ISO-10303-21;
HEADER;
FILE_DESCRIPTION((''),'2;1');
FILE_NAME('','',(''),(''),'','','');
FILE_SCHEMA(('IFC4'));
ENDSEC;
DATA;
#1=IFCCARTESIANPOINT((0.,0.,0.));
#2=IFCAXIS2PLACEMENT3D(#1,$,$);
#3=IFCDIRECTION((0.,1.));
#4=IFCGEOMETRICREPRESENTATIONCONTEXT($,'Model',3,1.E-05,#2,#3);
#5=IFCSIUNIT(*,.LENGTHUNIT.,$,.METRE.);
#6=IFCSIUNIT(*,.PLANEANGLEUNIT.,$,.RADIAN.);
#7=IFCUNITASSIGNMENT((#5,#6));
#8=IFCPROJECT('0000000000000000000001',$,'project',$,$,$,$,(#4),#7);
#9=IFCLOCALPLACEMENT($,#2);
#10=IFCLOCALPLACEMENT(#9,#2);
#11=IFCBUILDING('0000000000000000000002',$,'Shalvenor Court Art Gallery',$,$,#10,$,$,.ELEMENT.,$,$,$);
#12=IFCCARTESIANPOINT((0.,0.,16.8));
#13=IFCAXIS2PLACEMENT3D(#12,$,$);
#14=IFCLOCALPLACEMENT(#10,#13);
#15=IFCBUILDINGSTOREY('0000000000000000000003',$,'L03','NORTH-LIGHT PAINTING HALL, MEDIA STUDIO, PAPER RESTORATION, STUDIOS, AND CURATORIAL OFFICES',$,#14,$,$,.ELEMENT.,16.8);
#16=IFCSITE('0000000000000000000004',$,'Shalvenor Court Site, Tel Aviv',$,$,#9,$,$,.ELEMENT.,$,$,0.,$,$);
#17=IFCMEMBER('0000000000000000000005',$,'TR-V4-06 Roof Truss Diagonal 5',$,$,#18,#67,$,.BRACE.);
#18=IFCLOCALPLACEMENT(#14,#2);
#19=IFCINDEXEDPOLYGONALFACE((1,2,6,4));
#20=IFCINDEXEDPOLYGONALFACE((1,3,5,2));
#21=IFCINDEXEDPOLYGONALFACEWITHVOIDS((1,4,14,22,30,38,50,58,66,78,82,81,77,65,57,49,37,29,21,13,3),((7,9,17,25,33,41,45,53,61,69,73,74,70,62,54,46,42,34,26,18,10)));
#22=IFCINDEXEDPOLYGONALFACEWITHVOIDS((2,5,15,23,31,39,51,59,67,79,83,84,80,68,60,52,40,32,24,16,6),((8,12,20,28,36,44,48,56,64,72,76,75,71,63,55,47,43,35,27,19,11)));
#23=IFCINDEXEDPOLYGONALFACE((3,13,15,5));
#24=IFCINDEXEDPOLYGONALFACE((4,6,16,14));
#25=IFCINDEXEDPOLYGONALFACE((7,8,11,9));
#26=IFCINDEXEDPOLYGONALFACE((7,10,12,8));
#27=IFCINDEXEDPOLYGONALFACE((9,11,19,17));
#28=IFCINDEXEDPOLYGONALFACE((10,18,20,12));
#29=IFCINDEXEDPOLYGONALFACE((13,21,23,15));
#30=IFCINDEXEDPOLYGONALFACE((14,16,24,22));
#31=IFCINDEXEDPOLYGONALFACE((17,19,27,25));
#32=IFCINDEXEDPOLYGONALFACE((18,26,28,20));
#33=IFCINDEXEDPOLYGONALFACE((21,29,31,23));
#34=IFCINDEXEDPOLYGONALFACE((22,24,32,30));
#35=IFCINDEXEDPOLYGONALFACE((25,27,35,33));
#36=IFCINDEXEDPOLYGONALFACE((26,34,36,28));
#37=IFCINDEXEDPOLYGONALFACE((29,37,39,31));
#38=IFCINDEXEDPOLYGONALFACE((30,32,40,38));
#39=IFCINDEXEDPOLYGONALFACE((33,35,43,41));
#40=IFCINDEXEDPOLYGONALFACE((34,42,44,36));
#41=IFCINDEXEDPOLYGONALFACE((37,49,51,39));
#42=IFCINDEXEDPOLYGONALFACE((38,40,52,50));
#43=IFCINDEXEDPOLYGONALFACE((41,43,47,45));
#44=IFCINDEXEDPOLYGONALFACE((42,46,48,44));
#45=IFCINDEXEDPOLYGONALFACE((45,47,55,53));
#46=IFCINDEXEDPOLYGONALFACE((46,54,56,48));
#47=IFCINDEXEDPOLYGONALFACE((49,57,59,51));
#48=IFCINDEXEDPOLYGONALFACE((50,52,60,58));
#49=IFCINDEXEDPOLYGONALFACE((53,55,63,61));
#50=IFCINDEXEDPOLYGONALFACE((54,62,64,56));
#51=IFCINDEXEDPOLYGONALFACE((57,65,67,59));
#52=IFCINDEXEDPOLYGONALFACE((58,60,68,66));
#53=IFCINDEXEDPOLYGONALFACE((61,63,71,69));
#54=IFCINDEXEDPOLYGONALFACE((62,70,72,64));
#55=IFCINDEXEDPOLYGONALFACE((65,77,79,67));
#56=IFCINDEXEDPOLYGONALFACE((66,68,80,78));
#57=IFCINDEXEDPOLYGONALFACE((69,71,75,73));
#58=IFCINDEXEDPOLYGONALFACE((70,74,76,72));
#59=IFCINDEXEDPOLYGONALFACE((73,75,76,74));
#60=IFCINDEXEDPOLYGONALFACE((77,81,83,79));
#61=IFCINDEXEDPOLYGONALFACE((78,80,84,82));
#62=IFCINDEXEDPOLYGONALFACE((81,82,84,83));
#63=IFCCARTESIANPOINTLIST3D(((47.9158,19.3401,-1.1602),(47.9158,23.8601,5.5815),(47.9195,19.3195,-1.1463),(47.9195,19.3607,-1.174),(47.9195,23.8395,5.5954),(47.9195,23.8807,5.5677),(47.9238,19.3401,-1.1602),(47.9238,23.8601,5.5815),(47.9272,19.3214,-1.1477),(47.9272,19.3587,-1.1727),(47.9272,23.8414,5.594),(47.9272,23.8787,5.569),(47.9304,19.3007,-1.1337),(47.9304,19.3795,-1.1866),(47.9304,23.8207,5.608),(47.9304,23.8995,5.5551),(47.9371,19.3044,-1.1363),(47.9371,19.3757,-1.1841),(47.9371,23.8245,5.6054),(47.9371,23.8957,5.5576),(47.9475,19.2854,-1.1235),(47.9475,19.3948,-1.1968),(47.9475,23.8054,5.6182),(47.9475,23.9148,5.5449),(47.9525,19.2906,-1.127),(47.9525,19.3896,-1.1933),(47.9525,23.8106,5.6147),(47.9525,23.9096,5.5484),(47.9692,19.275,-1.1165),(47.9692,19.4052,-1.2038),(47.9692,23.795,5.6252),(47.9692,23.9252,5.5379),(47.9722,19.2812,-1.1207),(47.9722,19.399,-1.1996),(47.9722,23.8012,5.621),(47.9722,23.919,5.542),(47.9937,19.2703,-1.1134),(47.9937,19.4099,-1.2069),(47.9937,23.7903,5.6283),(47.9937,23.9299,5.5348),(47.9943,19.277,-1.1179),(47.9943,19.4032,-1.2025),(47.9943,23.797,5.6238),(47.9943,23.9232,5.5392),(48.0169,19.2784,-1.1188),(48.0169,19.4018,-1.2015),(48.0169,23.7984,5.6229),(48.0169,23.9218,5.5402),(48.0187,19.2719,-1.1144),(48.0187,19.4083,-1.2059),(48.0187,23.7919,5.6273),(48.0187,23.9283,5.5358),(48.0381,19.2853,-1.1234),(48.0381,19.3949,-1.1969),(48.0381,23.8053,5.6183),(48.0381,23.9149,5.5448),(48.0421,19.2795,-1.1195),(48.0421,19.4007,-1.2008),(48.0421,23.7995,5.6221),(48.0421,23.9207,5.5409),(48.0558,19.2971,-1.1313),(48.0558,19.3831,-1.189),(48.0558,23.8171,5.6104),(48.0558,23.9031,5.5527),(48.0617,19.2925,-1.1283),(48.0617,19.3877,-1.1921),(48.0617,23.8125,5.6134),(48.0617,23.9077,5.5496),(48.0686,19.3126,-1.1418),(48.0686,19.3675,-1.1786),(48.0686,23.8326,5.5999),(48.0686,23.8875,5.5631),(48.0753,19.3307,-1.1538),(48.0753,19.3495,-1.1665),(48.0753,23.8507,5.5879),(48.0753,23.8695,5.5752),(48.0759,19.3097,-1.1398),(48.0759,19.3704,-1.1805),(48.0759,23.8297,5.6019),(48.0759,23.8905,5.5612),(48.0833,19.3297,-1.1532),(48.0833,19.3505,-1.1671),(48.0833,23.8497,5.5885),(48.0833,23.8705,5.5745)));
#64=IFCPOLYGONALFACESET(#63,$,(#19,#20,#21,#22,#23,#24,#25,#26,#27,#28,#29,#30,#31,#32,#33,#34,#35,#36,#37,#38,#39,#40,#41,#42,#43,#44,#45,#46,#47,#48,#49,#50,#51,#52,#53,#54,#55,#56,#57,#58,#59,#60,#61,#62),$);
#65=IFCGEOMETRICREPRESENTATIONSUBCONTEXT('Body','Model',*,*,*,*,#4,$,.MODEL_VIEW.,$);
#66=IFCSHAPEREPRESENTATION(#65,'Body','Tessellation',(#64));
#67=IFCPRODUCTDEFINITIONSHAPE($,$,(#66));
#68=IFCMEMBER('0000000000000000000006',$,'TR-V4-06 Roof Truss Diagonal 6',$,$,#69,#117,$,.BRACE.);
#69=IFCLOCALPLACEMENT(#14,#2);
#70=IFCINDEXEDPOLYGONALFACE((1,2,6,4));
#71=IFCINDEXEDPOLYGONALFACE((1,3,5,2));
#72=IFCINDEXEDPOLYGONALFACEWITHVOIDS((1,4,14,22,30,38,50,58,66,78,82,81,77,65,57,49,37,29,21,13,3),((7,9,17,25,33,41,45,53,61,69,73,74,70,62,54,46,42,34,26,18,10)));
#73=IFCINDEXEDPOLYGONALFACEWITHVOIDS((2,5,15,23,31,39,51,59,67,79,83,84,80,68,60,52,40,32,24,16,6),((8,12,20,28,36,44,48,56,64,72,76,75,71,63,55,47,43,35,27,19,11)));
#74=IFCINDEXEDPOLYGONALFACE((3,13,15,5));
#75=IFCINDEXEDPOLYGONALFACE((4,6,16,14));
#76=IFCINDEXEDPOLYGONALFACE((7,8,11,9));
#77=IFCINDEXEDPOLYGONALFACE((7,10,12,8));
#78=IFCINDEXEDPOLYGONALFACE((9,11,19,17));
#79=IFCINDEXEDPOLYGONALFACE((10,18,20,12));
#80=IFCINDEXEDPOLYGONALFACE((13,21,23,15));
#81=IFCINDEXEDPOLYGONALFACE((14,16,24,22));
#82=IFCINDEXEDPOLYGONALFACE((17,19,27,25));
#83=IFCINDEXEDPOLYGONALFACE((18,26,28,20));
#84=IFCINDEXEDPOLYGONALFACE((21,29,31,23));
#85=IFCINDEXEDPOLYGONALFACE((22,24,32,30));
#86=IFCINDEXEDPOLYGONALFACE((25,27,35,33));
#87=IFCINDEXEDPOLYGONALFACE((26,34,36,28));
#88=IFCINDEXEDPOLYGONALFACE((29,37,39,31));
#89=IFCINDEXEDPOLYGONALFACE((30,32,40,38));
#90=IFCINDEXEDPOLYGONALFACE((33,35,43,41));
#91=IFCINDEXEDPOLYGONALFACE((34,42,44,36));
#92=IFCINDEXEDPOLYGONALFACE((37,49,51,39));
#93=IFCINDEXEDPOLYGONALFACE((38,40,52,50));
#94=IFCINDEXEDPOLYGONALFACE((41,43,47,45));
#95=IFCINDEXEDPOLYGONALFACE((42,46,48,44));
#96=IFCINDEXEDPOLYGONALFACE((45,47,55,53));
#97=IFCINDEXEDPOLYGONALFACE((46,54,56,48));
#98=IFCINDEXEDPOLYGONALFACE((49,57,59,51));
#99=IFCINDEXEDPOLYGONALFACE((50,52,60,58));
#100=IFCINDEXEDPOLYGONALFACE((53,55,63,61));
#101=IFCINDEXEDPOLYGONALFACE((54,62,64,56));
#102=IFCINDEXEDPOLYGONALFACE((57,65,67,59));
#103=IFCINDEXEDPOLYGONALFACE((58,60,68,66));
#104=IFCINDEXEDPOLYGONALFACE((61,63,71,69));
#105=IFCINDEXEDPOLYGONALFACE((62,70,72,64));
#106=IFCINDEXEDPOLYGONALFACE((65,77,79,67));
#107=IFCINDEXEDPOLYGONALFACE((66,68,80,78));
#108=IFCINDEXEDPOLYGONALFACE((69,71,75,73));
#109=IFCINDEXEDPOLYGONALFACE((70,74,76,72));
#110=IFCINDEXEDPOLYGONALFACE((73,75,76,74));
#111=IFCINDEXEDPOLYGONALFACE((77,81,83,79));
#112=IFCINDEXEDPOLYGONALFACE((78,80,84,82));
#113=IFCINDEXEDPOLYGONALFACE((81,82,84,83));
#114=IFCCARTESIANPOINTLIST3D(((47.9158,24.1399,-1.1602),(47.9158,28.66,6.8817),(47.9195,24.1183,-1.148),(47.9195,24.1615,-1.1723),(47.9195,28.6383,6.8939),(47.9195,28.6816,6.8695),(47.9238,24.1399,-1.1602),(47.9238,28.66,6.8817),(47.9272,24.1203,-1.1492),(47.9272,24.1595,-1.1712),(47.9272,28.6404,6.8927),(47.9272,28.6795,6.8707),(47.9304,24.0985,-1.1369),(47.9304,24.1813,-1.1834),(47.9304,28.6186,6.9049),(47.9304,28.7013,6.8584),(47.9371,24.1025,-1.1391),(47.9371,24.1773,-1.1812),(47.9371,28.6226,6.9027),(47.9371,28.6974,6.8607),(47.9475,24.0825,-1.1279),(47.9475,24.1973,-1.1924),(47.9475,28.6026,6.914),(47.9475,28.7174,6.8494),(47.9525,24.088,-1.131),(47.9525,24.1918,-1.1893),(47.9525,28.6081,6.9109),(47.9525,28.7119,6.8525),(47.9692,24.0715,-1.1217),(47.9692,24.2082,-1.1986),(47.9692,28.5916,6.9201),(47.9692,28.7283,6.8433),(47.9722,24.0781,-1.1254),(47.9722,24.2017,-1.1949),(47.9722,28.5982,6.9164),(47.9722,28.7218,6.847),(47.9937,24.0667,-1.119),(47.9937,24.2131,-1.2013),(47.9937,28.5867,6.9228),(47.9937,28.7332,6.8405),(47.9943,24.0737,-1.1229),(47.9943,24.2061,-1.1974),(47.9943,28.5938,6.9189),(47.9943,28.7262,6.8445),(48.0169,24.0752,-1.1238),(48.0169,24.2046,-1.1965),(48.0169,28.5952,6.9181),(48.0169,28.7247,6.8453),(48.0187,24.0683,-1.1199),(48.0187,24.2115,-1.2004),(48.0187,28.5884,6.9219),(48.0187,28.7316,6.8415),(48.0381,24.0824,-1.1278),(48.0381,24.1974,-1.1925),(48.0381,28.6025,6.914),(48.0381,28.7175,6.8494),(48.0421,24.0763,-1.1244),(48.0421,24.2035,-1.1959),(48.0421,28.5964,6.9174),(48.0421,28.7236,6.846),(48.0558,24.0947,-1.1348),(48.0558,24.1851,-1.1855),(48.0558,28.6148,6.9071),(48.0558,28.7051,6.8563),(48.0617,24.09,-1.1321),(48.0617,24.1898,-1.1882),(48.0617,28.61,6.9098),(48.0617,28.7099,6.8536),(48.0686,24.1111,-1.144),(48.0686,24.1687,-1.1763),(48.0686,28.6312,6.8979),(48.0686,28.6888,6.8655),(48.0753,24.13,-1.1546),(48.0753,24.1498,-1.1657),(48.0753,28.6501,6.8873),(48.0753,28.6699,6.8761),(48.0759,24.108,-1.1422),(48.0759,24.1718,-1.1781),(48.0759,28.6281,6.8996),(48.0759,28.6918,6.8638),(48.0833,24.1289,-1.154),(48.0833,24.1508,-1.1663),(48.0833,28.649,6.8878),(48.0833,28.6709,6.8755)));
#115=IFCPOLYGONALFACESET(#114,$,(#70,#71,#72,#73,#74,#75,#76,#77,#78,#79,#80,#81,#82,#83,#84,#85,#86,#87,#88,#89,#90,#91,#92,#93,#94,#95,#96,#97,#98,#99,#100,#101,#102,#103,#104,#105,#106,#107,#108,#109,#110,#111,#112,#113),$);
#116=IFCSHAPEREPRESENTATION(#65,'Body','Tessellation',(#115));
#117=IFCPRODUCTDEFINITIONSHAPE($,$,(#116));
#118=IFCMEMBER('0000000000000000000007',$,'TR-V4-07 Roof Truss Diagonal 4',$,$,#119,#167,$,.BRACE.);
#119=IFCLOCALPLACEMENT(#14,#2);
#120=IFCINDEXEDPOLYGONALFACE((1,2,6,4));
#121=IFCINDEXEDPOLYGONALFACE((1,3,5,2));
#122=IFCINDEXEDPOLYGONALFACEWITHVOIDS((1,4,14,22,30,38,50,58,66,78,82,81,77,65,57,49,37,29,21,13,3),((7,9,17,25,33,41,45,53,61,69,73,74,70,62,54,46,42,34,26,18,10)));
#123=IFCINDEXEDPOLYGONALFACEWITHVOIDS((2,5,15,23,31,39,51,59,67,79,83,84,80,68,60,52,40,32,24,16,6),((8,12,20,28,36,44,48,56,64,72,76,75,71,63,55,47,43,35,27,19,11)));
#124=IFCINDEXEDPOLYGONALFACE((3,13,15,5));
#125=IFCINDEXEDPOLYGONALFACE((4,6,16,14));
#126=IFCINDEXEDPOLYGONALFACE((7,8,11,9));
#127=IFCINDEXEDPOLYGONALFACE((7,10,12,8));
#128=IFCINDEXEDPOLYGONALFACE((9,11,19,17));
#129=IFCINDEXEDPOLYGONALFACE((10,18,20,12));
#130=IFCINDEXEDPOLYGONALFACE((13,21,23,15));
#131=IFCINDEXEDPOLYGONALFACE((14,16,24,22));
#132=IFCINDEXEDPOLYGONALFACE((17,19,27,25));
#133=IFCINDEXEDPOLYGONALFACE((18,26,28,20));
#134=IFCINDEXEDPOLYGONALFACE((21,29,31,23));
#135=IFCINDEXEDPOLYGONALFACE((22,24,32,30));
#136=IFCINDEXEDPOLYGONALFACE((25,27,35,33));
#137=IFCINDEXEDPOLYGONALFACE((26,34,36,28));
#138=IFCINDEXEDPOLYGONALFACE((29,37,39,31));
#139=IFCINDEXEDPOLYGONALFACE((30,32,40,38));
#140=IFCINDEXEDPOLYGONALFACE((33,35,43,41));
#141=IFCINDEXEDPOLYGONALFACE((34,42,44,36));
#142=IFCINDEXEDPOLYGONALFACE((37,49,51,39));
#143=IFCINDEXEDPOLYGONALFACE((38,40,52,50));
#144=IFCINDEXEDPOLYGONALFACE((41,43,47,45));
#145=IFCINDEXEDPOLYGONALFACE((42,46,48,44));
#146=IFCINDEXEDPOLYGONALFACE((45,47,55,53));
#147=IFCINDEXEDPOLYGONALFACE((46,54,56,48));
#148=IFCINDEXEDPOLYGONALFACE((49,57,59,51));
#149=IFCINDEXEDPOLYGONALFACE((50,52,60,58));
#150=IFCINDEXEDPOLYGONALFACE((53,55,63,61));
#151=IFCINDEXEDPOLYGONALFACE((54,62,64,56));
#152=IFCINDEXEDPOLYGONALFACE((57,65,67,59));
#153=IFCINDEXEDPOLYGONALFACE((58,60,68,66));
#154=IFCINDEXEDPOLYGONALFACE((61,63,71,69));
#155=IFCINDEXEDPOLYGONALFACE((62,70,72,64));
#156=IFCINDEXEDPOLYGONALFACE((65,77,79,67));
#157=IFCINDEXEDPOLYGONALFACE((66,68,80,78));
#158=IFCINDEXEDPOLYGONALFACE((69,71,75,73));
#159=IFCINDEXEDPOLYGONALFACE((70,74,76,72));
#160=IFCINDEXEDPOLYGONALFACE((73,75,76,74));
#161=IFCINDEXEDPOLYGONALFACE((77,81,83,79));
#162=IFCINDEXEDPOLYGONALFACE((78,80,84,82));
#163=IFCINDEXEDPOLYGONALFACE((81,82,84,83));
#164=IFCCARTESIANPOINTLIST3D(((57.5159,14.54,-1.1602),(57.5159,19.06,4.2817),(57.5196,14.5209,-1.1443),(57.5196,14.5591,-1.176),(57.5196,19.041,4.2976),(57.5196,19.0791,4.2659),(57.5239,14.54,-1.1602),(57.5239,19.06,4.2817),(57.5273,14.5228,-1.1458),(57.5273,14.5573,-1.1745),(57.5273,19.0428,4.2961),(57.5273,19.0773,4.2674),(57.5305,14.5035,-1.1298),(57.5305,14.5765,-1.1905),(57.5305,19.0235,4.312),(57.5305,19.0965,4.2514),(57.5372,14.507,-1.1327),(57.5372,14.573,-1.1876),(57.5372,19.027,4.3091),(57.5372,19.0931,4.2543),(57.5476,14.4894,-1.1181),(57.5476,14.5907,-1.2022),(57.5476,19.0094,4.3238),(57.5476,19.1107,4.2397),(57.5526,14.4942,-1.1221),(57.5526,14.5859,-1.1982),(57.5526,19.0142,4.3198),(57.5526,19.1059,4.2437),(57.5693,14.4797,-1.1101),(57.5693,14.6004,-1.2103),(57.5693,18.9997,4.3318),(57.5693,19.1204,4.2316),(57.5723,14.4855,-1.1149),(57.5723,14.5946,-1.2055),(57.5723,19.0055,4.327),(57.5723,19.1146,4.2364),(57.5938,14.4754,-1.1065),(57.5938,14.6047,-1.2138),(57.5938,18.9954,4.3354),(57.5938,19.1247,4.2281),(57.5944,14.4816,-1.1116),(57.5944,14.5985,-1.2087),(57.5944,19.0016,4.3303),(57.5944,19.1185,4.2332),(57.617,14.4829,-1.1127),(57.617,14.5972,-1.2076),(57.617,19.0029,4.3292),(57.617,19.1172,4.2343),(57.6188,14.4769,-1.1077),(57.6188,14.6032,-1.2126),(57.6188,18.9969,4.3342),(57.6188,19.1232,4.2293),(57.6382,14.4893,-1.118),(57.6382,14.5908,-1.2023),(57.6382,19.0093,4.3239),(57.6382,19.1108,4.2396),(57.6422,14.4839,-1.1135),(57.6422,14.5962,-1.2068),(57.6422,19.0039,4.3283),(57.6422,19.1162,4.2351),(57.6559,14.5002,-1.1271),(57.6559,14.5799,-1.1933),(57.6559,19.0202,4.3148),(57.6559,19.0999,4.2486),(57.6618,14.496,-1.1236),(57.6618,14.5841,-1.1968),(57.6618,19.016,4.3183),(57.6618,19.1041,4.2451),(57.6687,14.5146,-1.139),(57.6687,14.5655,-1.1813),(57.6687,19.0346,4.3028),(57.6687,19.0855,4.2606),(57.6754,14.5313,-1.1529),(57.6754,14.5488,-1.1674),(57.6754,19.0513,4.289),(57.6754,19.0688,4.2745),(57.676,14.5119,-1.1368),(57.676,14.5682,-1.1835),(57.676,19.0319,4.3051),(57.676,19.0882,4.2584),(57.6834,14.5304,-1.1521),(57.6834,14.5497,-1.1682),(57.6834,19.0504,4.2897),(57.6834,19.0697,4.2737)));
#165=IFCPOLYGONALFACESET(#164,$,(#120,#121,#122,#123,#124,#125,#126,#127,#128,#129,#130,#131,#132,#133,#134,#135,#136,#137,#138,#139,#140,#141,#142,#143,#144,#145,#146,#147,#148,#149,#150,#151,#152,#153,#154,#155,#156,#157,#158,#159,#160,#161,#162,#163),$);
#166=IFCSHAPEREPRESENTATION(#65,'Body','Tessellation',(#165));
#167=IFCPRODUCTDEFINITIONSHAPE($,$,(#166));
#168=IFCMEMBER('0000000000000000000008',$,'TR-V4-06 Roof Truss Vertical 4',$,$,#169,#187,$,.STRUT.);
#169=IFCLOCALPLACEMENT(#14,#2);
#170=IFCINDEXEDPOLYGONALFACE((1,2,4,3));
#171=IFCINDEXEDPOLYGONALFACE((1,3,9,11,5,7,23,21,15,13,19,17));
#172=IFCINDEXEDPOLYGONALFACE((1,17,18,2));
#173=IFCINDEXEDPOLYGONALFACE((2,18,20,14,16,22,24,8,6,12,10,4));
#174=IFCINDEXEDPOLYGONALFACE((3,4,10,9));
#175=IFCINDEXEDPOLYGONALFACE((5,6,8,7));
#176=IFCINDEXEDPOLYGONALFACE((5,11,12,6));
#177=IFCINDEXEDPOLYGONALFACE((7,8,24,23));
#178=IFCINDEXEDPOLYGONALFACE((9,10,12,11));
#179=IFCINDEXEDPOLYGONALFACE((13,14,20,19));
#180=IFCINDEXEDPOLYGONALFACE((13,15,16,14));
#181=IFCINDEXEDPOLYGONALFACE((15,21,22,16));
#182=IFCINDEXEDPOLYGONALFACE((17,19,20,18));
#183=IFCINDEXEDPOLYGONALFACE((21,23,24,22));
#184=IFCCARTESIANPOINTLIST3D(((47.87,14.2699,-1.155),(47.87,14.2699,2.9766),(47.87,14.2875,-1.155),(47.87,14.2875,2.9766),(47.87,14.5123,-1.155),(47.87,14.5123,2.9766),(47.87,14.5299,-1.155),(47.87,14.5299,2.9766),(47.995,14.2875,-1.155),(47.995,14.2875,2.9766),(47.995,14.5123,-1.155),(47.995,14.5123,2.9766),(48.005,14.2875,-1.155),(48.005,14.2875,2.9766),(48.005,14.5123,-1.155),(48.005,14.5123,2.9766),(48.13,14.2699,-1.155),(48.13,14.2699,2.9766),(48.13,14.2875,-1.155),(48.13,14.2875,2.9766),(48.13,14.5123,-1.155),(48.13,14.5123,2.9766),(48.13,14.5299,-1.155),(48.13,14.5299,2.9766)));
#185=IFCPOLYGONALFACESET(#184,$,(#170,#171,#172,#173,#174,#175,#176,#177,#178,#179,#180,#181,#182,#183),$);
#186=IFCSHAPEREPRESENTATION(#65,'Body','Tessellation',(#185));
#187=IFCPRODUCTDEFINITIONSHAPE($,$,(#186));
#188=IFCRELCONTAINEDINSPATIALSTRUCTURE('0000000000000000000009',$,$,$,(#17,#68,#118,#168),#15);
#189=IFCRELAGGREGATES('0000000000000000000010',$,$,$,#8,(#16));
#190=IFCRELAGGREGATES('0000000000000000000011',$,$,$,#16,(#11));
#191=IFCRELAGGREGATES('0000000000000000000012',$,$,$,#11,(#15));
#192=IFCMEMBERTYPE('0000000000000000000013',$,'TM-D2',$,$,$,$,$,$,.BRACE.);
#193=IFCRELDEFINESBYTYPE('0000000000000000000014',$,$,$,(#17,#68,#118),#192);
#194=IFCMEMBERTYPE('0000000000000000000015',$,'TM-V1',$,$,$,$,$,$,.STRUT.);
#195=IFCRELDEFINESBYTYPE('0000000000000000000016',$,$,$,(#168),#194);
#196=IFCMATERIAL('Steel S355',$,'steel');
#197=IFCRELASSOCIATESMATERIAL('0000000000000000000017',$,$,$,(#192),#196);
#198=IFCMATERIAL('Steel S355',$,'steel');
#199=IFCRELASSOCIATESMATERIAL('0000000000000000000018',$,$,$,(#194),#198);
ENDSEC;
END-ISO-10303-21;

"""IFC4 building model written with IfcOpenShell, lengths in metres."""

from ifc_helpers import new_model, si_unit, direction, frame, origin, origin_2d, place, context, subcontext, project, spatial, hollow_circle, i_section, extrude, material, material_profile, profile_set, type_object, element, save


model = new_model("IFC4")

# Units and contexts
model_context = context("Model", 3, precision=1e-05, world=origin(), true_north=direction((0.0, 1.0)))
body_context = subcontext(model_context, "Body", "Model", "MODEL_VIEW")
ifc_project = project(units=[si_unit("LENGTHUNIT", "METRE"), si_unit("PLANEANGLEUNIT", "RADIAN")], contexts=[model_context])

# Site, building, storey
site_placement = place(None, origin())
site = spatial("IfcSite", under=ifc_project, at=site_placement, Name="Shalvenor Court Site, Tel Aviv", CompositionType="ELEMENT", RefElevation=0.0)
building_placement = place(site_placement, origin())
building = spatial("IfcBuilding", under=site, at=building_placement, Name="Shalvenor Court Art Gallery", CompositionType="ELEMENT")
storey_placement = place(building_placement, frame((0.0, 0.0, 16.8)))
storey = spatial("IfcBuildingStorey", under=building, at=storey_placement, Name="L03", Description="NORTH-LIGHT PAINTING HALL, MEDIA STUDIO, PAPER RESTORATION, STUDIOS, AND CURATORIAL OFFICES", CompositionType="ELEMENT", Elevation=16.8)

# Members
ifc_material_1 = material(Name="Steel S355", Category="steel")
ifc_material_profile_1 = material_profile(ifc_material_1, hollow_circle(Radius=0.0842, WallThickness=0.0081, at=origin_2d()), Name="CHS 168.3x8.0")
ifc_profile_set_1 = profile_set([ifc_material_profile_1], Name="Steel S355")
member_type_1 = type_object("IfcMemberType", Name="TM-D2", PredefinedType="BRACE", material=ifc_profile_set_1)
member_1_placement = place(storey_placement, frame((48.0, 19.3401, -1.1602), z_axis=(0.0, 0.556878, 0.830594), x_axis=(-1.0, 0.0, 0.0)))
element("IfcMember", 1, at=member_1_placement, inside=storey, type_object=member_type_1, Name="TR-V4-06 Roof Truss Diagonal 5", PredefinedType="BRACE", context=body_context, shape_type="SweptSolid", body=[
    extrude(hollow_circle(Radius=0.0842, WallThickness=0.0081, at=origin_2d()), origin(), (0.0, 0.0, 1.0), 8.1167),
])
member_2_placement = place(storey_placement, frame((48.0, 24.1399, -1.1602), z_axis=(0.0, 0.489976, 0.871736), x_axis=(-1.0, 0.0, 0.0)))
element("IfcMember", 2, at=member_2_placement, inside=storey, type_object=member_type_1, Name="TR-V4-06 Roof Truss Diagonal 6", PredefinedType="BRACE", context=body_context, shape_type="SweptSolid", body=[
    extrude(hollow_circle(Radius=0.0842, WallThickness=0.0081, at=origin_2d()), origin(), (0.0, 0.0, 1.0), 9.2251),
])
member_3_placement = place(storey_placement, frame((57.6001, 14.54, -1.1602), z_axis=(0.0, 0.638941, 0.769256), x_axis=(-1.0, 0.0, 0.0)))
element("IfcMember", 3, at=member_3_placement, inside=storey, type_object=member_type_1, Name="TR-V4-07 Roof Truss Diagonal 4", PredefinedType="BRACE", context=body_context, shape_type="SweptSolid", body=[
    extrude(hollow_circle(Radius=0.0842, WallThickness=0.0081, at=origin_2d()), origin(), (0.0, 0.0, 1.0), 7.0742),
])
ifc_material_2 = material(Name="Steel S355", Category="steel")
ifc_material_profile_2 = material_profile(ifc_material_2, i_section(OverallWidth=0.26, OverallDepth=0.26, WebThickness=0.01, FlangeThickness=0.0176, at=origin_2d()), Name="HEB 260")
ifc_profile_set_2 = profile_set([ifc_material_profile_2], Name="Steel S355")
member_type_2 = type_object("IfcMemberType", Name="TM-V1", PredefinedType="STRUT", material=ifc_profile_set_2)
member_4_placement = place(storey_placement, frame((48.0, 14.3999, -1.155), z_axis=(0.0, 0.0, 1.0), x_axis=(1.0, 0.0, 0.0)))
element("IfcMember", 4, at=member_4_placement, inside=storey, type_object=member_type_2, Name="TR-V4-06 Roof Truss Vertical 4", PredefinedType="STRUT", context=body_context, shape_type="SweptSolid", body=[
    extrude(i_section(OverallWidth=0.26, OverallDepth=0.26, WebThickness=0.01, FlangeThickness=0.0176, at=origin_2d()), origin(), (0.0, 0.0, 1.0), 4.1316),
])

save(model, "model.ifc")
